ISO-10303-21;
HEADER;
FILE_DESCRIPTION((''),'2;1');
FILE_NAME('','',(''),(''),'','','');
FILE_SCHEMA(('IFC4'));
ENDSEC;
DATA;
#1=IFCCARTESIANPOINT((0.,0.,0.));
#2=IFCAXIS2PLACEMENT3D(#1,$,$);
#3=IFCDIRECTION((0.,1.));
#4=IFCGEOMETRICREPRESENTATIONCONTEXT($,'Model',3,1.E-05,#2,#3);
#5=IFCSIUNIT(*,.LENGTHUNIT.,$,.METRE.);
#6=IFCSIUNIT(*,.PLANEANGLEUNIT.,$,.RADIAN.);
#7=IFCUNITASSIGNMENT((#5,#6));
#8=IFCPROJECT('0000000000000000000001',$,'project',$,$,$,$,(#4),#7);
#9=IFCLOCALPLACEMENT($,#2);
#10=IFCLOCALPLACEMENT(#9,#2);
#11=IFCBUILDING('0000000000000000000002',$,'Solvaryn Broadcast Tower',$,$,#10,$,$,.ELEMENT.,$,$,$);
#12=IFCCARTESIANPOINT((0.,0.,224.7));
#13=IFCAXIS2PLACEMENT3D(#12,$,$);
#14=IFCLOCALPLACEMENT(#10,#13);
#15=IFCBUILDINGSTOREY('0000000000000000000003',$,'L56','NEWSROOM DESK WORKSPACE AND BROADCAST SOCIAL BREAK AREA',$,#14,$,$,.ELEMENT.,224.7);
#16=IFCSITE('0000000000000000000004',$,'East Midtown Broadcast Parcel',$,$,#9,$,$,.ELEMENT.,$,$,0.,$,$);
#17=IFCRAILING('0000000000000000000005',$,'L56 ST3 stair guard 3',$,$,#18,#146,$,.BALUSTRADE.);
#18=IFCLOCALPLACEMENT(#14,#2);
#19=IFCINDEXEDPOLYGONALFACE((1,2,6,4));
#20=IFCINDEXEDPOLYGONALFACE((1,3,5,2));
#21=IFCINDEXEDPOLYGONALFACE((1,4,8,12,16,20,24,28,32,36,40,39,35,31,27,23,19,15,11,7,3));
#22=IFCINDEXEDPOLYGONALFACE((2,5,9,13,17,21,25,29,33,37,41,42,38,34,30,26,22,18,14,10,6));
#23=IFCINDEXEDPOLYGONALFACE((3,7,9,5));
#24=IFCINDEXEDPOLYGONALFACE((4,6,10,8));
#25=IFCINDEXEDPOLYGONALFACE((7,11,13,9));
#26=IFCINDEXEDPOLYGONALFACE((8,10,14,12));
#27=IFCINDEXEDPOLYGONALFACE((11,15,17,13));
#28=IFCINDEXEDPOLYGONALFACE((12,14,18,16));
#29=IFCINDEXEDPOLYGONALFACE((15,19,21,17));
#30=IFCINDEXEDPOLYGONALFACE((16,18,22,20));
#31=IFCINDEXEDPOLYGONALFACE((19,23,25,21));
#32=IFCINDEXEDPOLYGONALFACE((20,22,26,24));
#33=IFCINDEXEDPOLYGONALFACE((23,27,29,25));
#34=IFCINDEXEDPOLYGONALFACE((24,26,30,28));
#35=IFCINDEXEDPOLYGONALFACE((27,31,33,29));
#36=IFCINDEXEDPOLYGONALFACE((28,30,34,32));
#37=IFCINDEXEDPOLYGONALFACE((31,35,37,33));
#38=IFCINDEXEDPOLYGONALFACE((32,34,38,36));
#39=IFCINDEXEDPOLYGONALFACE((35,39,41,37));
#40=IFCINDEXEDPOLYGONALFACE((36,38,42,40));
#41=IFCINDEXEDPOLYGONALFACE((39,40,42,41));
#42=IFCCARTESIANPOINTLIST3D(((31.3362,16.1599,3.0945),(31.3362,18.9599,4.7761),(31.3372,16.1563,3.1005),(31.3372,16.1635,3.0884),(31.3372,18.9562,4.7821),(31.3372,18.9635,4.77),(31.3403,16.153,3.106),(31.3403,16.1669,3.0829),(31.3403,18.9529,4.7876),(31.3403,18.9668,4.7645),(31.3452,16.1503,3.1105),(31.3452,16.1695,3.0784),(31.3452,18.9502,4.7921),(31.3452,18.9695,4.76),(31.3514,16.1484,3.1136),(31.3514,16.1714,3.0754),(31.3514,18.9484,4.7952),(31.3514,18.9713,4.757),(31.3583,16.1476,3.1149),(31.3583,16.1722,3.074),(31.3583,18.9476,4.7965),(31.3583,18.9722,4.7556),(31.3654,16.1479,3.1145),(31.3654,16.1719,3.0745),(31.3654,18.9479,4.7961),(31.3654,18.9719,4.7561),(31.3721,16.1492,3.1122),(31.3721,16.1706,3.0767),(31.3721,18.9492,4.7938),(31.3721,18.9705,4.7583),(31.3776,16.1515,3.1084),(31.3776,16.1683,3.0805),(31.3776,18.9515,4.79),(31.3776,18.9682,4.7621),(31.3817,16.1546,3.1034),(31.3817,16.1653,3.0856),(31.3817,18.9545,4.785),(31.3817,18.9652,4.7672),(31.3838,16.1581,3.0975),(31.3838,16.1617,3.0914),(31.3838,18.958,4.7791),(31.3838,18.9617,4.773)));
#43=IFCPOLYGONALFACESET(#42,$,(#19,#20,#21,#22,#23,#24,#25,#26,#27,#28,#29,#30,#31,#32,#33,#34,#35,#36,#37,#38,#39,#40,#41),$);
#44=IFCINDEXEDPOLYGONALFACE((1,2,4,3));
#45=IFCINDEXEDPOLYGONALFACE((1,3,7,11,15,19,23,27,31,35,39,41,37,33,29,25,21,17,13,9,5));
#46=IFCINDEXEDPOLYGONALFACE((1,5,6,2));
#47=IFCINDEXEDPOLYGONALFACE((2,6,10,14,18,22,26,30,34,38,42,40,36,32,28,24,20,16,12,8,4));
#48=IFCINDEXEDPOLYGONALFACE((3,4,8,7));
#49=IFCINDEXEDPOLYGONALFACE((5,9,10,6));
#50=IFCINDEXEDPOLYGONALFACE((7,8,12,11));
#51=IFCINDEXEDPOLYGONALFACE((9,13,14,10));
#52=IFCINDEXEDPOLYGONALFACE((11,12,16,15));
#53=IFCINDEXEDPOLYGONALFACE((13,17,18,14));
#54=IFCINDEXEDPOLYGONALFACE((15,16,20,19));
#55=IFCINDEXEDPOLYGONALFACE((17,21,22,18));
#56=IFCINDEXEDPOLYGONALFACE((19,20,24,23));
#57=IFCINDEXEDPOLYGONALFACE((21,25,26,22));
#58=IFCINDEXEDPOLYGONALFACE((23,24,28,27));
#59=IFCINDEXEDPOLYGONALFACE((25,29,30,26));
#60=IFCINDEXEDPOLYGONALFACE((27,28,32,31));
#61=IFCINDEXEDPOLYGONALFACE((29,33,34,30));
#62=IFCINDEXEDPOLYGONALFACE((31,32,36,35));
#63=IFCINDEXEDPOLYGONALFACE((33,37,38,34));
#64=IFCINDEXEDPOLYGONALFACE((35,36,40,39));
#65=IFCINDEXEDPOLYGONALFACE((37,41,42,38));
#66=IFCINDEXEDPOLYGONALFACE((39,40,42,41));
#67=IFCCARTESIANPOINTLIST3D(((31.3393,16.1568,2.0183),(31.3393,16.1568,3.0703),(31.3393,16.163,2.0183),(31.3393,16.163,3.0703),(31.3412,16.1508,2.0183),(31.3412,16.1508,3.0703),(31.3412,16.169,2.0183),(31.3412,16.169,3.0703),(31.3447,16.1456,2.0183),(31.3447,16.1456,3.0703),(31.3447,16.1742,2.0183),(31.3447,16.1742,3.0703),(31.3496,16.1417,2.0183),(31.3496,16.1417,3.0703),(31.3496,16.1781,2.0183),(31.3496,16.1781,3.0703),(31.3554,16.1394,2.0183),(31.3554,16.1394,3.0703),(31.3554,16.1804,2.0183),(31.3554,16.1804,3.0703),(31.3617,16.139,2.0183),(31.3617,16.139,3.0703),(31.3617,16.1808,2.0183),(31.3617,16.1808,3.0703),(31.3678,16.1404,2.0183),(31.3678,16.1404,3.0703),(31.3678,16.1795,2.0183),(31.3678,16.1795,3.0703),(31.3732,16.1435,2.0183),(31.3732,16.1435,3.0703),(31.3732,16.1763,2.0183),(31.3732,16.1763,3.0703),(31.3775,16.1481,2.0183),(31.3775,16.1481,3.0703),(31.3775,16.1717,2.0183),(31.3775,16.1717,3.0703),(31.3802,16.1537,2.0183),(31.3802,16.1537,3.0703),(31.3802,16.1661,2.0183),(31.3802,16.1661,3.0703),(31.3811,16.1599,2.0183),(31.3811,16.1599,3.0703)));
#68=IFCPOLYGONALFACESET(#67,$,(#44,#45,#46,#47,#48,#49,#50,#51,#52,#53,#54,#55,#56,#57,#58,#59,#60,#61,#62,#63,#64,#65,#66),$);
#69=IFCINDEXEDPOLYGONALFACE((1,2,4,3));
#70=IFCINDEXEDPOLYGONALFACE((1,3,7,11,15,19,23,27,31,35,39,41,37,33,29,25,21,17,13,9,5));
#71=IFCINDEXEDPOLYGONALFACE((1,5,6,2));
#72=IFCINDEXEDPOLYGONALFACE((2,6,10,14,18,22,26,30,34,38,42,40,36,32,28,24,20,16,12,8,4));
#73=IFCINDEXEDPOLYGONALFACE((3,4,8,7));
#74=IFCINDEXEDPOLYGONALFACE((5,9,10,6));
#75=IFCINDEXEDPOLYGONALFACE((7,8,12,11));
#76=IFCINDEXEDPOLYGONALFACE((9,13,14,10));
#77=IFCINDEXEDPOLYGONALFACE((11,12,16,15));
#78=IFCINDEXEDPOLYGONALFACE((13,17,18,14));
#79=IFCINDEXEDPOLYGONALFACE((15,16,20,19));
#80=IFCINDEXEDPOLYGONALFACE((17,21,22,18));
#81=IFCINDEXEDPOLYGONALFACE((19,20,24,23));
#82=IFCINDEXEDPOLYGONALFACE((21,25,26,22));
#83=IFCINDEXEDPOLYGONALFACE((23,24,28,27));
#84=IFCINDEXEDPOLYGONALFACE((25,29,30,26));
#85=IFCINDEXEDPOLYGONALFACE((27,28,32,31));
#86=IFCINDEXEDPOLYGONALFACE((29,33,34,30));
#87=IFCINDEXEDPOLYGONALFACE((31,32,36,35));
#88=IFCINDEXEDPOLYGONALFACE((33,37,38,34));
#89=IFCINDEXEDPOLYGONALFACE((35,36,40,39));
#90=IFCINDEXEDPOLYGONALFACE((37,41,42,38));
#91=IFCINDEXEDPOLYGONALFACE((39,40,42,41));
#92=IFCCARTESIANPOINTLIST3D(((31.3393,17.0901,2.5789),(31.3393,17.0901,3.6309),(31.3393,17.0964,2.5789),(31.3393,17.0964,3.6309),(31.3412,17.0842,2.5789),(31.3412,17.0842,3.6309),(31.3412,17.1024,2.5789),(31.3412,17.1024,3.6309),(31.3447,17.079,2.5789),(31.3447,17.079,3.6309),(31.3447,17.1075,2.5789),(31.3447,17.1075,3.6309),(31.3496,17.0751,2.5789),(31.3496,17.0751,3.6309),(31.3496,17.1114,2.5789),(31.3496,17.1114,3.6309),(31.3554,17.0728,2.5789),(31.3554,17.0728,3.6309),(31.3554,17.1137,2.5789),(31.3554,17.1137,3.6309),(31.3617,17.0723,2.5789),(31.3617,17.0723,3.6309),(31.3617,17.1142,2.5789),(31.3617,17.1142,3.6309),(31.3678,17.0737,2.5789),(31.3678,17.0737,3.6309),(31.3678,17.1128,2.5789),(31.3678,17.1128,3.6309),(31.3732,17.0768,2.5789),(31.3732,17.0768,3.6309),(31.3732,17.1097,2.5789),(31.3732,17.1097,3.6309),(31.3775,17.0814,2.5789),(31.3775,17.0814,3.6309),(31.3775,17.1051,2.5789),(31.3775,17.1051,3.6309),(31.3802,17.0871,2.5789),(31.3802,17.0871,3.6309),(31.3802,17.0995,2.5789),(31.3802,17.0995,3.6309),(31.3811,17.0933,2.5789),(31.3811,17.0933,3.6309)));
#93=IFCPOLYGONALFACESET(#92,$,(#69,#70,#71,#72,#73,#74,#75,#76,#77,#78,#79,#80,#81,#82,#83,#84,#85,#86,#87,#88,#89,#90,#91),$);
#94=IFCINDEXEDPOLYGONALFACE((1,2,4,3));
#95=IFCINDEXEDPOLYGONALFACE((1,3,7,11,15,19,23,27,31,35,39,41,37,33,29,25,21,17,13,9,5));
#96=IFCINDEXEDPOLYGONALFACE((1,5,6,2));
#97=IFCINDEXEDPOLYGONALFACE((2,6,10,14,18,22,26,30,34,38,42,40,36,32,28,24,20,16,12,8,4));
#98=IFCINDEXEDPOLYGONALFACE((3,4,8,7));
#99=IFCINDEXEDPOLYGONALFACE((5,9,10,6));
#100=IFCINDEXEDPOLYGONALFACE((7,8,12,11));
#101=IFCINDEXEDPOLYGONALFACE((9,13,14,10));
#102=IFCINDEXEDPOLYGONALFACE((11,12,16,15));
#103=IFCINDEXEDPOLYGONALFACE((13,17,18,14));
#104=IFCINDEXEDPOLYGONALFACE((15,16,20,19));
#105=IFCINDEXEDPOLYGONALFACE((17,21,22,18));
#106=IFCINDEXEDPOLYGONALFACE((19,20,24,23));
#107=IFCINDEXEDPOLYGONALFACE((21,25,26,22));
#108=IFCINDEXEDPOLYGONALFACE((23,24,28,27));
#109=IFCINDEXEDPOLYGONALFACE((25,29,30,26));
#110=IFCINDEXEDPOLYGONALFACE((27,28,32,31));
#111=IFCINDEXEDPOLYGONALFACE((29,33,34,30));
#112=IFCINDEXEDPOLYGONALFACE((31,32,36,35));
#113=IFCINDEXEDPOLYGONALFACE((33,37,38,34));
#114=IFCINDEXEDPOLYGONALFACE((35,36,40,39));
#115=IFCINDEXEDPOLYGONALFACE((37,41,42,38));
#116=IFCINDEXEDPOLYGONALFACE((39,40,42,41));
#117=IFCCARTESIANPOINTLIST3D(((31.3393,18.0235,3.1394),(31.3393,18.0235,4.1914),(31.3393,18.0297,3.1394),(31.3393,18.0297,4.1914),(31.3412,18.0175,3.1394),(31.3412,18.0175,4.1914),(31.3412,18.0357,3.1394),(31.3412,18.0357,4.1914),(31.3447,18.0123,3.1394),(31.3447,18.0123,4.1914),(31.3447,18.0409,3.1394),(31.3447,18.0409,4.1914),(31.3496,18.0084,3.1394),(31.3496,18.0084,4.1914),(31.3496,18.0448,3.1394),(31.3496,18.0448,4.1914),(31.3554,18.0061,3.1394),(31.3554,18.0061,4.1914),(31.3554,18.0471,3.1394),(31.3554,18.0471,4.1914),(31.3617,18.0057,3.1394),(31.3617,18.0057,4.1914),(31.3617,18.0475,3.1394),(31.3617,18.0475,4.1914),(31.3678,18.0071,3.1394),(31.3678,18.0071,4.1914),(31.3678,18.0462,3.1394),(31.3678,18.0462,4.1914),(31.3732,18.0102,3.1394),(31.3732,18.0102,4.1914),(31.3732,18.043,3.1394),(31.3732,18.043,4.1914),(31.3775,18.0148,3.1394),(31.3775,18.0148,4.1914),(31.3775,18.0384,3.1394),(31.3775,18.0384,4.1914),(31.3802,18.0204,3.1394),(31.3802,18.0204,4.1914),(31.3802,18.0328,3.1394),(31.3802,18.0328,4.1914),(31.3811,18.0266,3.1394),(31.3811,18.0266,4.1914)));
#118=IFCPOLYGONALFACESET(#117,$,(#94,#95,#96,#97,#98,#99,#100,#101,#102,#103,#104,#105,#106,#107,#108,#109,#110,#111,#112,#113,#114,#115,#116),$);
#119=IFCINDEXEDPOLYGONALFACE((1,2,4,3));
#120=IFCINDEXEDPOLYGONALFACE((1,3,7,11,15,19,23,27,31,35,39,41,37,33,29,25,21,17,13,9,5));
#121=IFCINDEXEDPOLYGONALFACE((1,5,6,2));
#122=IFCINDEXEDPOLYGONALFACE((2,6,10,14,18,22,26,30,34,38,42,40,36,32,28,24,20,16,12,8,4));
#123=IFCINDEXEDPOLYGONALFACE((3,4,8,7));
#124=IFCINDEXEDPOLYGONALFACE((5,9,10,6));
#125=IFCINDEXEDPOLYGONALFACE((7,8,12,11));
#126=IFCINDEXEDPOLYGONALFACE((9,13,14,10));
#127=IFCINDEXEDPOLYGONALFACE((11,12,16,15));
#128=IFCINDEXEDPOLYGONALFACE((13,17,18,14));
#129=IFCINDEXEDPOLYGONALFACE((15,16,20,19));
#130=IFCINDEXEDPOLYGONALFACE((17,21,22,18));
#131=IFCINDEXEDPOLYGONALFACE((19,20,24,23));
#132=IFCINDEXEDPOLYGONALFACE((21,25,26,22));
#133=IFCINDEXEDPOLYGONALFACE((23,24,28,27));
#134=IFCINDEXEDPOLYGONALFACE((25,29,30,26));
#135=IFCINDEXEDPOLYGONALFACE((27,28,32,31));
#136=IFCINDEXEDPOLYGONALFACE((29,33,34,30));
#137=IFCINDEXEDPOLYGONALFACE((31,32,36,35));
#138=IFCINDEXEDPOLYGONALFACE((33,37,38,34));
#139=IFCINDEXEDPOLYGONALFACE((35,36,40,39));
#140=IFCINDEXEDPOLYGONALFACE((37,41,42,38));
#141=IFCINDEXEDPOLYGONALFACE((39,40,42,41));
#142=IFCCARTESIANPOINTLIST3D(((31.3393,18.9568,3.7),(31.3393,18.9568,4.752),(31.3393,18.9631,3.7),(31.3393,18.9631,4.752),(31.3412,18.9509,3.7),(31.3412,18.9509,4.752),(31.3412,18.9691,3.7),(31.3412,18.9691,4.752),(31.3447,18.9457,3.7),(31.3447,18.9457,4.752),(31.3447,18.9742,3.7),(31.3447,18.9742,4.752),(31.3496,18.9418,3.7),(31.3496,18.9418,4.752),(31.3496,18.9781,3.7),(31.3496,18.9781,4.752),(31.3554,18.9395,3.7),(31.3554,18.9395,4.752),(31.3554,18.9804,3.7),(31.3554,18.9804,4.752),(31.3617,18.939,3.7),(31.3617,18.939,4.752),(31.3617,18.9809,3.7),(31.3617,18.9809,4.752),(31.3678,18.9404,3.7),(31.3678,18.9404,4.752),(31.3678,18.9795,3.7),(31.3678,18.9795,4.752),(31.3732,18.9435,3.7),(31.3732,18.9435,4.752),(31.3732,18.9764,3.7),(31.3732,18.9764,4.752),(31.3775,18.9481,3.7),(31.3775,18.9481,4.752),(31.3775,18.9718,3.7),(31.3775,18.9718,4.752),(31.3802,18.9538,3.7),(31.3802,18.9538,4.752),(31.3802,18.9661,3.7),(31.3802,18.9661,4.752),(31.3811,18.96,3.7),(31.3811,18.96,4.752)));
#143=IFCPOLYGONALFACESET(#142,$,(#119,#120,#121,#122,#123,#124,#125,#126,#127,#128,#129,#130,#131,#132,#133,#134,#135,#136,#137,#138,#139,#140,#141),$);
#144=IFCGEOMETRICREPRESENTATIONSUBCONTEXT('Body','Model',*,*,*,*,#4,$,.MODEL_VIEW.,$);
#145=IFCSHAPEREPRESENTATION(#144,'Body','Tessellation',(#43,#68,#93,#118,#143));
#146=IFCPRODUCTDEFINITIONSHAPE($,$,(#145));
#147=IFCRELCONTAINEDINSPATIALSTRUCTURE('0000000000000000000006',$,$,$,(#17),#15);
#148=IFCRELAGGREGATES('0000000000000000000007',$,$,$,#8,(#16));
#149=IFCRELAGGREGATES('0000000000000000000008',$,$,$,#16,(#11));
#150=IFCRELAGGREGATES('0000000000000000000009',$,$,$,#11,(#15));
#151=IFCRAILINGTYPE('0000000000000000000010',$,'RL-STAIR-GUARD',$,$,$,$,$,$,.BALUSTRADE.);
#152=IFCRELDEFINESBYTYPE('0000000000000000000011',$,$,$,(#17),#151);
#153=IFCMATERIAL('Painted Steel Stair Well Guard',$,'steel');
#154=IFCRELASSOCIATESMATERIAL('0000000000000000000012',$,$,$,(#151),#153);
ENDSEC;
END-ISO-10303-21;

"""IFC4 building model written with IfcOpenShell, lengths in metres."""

from ifc_helpers import new_model, si_unit, direction, frame, origin, origin_2d, place, context, subcontext, project, spatial, circle, extrude, material, type_object, element, save


model = new_model("IFC4")

# Units and contexts
model_context = context("Model", 3, precision=1e-05, world=origin(), true_north=direction((0.0, 1.0)))
body_context = subcontext(model_context, "Body", "Model", "MODEL_VIEW")
ifc_project = project(units=[si_unit("LENGTHUNIT", "METRE"), si_unit("PLANEANGLEUNIT", "RADIAN")], contexts=[model_context])

# Site, building, storey
site_placement = place(None, origin())
site = spatial("IfcSite", under=ifc_project, at=site_placement, Name="East Midtown Broadcast Parcel", CompositionType="ELEMENT", RefElevation=0.0)
building_placement = place(site_placement, origin())
building = spatial("IfcBuilding", under=site, at=building_placement, Name="Solvaryn Broadcast Tower", CompositionType="ELEMENT")
storey_placement = place(building_placement, frame((0.0, 0.0, 224.7)))
storey = spatial("IfcBuildingStorey", under=building, at=storey_placement, Name="L56", Description="NEWSROOM DESK WORKSPACE AND BROADCAST SOCIAL BREAK AREA", CompositionType="ELEMENT", Elevation=224.7)

# Railing
ifc_material_1 = material(Name="Painted Steel Stair Well Guard", Category="steel")
railing_type_1 = type_object("IfcRailingType", Name="RL-STAIR-GUARD", PredefinedType="BALUSTRADE", material=ifc_material_1)
railing_1_placement = place(storey_placement, frame((31.3601, 16.1599, 2.0183)))
element("IfcRailing", 1, at=railing_1_placement, inside=storey, type_object=railing_type_1, Name="L56 ST3 stair guard 3", PredefinedType="BALUSTRADE", context=body_context, shape_type="SweptSolid", body=[
    extrude(circle(Radius=0.0239, at=origin_2d()), frame((0.0, 0.0, 1.0762), z_axis=(0.0, 0.857275, 0.514858), x_axis=(-1.0, 0.0, 0.0)), (0.0, 0.0, 1.0), 3.2661),
    extrude(circle(Radius=0.021, at=origin_2d()), origin(), (0.0, 0.0, 1.0), 1.052),
    extrude(circle(Radius=0.021, at=origin_2d()), frame((0.0, 0.9333, 0.5605)), (0.0, 0.0, 1.0), 1.052),
    extrude(circle(Radius=0.021, at=origin_2d()), frame((0.0, 1.8667, 1.1211)), (0.0, 0.0, 1.0), 1.052),
    extrude(circle(Radius=0.021, at=origin_2d()), frame((0.0, 2.8, 1.6816)), (0.0, 0.0, 1.0), 1.052),
])

save(model, "model.ifc")
